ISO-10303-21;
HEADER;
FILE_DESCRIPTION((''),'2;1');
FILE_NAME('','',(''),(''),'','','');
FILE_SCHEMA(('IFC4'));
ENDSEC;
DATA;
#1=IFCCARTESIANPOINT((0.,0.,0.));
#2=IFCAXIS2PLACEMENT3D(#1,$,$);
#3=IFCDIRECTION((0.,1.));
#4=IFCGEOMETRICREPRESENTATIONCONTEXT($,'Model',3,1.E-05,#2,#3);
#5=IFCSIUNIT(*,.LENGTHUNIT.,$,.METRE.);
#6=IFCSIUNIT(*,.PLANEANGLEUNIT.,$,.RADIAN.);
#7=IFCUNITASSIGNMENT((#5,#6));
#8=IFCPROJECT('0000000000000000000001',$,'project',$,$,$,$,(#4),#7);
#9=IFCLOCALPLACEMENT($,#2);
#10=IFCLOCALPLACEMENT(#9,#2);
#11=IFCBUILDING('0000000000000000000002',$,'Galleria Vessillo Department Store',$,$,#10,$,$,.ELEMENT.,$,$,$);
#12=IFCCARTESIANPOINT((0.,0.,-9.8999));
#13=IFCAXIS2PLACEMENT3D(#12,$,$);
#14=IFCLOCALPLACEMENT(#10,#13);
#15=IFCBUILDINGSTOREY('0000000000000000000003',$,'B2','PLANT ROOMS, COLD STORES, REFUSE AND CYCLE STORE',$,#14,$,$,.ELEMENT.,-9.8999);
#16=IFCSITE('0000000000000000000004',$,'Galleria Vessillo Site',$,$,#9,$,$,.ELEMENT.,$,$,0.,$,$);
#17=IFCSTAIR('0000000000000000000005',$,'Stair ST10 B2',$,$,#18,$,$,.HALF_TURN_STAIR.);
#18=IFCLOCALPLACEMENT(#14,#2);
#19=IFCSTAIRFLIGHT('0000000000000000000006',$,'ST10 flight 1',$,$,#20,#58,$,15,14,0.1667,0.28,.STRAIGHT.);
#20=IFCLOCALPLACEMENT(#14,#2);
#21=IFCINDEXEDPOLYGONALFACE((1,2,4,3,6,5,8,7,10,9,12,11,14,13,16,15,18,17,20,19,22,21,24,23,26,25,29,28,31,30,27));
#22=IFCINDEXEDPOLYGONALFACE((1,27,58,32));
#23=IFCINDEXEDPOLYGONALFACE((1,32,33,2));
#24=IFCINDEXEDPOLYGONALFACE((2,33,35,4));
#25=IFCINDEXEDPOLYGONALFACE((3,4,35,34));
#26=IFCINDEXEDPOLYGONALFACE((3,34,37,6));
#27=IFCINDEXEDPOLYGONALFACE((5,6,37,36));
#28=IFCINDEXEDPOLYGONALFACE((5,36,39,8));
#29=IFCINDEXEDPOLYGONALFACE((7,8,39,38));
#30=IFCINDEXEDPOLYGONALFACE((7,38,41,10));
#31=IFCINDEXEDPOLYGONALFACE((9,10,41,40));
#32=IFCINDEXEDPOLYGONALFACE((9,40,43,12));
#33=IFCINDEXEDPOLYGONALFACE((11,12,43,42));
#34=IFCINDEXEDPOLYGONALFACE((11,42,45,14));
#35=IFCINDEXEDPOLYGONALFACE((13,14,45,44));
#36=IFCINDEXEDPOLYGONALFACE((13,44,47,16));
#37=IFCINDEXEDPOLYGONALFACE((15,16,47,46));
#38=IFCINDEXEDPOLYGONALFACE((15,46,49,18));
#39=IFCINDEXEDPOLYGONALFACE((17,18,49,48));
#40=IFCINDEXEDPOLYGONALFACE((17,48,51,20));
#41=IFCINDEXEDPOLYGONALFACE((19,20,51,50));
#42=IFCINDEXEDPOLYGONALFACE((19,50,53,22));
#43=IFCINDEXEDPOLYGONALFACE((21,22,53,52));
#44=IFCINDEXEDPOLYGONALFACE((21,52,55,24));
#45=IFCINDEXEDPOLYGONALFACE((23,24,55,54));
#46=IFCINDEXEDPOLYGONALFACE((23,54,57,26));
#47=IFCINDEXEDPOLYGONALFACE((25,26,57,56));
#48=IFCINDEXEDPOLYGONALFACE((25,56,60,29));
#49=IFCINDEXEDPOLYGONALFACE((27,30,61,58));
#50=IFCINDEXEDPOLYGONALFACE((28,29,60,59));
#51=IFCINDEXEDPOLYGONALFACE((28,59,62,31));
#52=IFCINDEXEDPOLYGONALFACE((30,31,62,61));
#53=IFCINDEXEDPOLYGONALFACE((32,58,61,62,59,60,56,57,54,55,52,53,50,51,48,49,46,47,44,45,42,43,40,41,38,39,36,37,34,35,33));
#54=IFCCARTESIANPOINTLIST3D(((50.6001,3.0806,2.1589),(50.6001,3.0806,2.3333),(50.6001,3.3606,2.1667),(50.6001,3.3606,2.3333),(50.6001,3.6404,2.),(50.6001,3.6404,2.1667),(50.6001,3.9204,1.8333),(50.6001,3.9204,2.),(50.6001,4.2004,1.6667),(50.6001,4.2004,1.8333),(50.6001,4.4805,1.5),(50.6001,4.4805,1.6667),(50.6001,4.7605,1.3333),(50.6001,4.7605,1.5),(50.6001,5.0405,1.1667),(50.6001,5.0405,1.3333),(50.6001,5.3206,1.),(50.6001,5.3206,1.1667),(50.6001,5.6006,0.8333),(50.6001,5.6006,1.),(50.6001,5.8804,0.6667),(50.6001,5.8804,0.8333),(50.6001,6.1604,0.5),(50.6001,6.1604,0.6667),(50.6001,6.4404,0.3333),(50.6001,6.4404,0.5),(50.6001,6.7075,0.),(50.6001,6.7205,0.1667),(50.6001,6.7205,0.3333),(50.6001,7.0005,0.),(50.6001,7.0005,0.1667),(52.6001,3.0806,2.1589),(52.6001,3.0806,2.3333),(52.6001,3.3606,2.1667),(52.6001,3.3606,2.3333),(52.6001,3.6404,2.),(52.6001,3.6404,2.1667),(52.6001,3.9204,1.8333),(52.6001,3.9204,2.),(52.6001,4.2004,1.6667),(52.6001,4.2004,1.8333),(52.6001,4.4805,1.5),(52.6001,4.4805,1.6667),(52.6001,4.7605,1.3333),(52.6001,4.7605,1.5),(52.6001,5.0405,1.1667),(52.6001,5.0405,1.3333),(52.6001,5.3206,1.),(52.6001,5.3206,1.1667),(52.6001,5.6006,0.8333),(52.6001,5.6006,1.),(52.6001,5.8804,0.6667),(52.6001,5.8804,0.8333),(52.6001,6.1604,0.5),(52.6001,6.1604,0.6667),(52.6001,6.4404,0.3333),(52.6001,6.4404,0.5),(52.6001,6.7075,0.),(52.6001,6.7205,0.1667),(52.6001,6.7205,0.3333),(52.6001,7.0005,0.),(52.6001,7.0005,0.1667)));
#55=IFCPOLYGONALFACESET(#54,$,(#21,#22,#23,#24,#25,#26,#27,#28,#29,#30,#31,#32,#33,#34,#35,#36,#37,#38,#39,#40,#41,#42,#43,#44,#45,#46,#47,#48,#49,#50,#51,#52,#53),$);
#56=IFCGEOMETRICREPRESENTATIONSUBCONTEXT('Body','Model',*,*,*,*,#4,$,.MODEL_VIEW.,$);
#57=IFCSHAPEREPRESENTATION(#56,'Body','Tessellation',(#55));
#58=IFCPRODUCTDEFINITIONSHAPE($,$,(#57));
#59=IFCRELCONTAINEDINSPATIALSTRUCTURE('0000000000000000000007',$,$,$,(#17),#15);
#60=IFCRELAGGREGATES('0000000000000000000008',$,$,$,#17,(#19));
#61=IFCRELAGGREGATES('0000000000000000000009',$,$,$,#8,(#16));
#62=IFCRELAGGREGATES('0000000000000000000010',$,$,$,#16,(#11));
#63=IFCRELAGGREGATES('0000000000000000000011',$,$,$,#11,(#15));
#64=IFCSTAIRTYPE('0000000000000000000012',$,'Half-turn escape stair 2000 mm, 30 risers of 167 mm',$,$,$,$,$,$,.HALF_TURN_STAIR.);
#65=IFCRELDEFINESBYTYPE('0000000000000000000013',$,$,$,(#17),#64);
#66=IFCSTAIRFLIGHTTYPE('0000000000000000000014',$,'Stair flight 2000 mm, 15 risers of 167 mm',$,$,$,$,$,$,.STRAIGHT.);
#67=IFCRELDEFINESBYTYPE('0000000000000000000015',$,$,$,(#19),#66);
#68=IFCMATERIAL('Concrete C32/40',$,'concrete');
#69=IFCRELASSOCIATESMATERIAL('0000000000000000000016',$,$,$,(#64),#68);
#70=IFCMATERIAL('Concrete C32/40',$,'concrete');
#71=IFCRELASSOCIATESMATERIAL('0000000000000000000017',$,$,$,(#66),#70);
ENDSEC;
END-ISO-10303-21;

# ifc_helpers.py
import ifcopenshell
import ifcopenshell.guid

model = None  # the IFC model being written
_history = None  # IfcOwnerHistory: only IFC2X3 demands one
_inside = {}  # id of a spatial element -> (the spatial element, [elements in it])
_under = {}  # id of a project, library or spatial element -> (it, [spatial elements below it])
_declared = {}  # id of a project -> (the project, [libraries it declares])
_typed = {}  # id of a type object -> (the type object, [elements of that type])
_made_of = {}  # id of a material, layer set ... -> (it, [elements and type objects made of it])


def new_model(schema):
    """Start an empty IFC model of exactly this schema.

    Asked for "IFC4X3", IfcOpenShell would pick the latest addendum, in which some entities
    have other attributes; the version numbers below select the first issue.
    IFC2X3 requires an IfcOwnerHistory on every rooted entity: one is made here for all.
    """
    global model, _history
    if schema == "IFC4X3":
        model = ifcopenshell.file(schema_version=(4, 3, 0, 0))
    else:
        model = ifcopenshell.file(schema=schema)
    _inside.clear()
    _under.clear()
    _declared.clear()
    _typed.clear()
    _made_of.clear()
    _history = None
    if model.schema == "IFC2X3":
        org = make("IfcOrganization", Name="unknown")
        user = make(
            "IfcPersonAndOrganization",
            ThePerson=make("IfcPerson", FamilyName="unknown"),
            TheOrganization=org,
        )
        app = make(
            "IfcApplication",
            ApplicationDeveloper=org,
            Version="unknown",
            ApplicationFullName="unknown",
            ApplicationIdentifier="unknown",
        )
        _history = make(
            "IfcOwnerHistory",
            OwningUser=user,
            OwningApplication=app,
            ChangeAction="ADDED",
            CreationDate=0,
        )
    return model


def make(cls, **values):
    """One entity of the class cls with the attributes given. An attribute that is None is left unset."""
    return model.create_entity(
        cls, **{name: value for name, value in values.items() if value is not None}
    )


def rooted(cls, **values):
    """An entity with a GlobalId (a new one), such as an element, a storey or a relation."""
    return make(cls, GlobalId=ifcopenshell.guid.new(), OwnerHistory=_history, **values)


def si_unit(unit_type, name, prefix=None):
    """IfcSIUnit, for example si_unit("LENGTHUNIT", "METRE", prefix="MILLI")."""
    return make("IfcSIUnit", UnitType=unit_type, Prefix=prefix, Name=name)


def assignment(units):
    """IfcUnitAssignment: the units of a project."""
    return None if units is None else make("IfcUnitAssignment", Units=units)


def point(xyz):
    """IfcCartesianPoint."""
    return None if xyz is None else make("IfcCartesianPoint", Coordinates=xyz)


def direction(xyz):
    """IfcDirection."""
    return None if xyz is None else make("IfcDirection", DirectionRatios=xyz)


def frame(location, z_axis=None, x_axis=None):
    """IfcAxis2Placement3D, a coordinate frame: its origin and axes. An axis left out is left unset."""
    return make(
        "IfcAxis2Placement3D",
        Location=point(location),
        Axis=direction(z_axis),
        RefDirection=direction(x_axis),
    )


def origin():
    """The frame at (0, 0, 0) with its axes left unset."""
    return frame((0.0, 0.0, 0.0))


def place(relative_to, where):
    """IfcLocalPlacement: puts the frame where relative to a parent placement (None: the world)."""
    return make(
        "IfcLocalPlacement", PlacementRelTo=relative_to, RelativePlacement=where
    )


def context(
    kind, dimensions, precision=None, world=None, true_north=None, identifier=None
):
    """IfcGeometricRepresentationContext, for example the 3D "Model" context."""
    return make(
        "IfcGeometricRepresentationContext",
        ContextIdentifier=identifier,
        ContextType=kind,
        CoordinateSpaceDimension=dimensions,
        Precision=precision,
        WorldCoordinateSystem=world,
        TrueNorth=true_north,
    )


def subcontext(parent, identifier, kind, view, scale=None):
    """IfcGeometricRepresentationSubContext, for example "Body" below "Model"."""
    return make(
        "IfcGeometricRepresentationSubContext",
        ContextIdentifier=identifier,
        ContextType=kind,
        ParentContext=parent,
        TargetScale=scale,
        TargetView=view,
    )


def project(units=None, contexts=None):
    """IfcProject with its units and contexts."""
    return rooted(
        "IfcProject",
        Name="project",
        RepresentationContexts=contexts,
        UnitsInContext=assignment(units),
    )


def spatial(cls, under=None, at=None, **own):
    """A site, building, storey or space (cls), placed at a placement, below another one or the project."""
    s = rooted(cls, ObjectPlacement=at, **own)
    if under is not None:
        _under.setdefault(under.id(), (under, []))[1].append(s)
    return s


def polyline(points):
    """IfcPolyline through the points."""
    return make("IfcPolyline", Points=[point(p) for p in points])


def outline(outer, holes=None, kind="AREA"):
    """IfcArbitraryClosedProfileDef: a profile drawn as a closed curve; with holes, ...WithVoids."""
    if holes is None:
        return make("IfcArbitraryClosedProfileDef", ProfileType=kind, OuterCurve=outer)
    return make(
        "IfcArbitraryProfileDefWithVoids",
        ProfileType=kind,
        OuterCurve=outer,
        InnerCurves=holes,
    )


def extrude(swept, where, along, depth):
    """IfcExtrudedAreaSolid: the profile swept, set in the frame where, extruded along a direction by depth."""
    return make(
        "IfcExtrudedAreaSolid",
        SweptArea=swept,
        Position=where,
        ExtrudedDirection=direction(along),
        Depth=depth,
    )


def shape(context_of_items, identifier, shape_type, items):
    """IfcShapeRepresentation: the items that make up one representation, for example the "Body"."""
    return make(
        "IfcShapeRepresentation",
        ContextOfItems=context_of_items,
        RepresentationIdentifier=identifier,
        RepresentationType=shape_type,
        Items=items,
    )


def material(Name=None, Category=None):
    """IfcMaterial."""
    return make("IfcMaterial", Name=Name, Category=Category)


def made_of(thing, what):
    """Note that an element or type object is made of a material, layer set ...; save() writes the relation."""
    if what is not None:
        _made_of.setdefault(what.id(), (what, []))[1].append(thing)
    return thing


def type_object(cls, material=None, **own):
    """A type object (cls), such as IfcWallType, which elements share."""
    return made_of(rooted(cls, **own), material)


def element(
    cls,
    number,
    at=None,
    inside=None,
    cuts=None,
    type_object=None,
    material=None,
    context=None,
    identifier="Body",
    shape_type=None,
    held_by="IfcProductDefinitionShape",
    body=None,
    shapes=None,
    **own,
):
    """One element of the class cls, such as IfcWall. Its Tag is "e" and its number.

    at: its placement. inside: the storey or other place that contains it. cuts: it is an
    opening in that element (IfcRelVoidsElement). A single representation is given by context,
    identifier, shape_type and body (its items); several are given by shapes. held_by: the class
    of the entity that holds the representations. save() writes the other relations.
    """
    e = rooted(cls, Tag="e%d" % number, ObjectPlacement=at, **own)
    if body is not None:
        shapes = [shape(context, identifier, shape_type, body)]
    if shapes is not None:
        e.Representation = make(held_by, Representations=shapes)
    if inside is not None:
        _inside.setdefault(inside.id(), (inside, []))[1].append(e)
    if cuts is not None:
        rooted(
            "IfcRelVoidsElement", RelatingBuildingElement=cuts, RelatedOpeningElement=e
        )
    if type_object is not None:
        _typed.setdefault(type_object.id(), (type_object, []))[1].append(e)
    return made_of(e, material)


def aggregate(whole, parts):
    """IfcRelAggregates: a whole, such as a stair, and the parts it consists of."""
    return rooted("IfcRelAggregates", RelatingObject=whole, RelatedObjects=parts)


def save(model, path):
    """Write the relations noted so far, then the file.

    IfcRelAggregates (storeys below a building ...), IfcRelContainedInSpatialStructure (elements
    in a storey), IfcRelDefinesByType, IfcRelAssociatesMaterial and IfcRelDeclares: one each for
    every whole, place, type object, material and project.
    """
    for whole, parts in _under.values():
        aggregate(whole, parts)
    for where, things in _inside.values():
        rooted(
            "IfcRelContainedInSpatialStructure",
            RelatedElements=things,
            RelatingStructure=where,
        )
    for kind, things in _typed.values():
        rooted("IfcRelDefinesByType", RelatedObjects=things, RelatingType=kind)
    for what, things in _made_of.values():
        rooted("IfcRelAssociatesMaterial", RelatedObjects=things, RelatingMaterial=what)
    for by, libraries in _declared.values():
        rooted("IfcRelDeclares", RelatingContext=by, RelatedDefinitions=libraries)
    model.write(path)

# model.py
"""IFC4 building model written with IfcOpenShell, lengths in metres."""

from ifc_helpers import new_model, si_unit, direction, frame, origin, place, context, subcontext, project, spatial, polyline, outline, extrude, material, type_object, element, aggregate, save


model = new_model("IFC4")

# Units and contexts
model_context = context("Model", 3, precision=1e-05, world=origin(), true_north=direction((0.0, 1.0)))
body_context = subcontext(model_context, "Body", "Model", "MODEL_VIEW")
ifc_project = project(units=[si_unit("LENGTHUNIT", "METRE"), si_unit("PLANEANGLEUNIT", "RADIAN")], contexts=[model_context])

# Site, building, storey
site_placement = place(None, origin())
site = spatial("IfcSite", under=ifc_project, at=site_placement, Name="Galleria Vessillo Site", CompositionType="ELEMENT", RefElevation=0.0)
building_placement = place(site_placement, origin())
building = spatial("IfcBuilding", under=site, at=building_placement, Name="Galleria Vessillo Department Store", CompositionType="ELEMENT")
storey_placement = place(building_placement, frame((0.0, 0.0, -9.8999)))
storey = spatial("IfcBuildingStorey", under=building, at=storey_placement, Name="B2", Description="PLANT ROOMS, COLD STORES, REFUSE AND CYCLE STORE", CompositionType="ELEMENT", Elevation=-9.8999)

# Stair, stair flight
ifc_material_1 = material(Name="Concrete C32/40", Category="concrete")
stair_type = type_object("IfcStairType", Name="Half-turn escape stair 2000 mm, 30 risers of 167 mm", PredefinedType="HALF_TURN_STAIR", material=ifc_material_1)
stair_placement = place(storey_placement, origin())
stair = element("IfcStair", 1, at=stair_placement, inside=storey, type_object=stair_type, Name="Stair ST10 B2", PredefinedType="HALF_TURN_STAIR")
ifc_material_2 = material(Name="Concrete C32/40", Category="concrete")
stair_flight_type = type_object("IfcStairFlightType", Name="Stair flight 2000 mm, 15 risers of 167 mm", PredefinedType="STRAIGHT", material=ifc_material_2)
stair_flight_placement = place(storey_placement, frame((51.6001, 7.0005, 0.0), z_axis=(0.0, 0.0, 1.0), x_axis=(0.0, -1.0, 0.0)))
stair_flight = element("IfcStairFlight", 2, at=stair_flight_placement, type_object=stair_flight_type, Name="ST10 flight 1", NumberOfRisers=15, NumberOfTreads=14, PredefinedType="STRAIGHT", RiserHeight=0.1667, TreadLength=0.28, context=body_context, shape_type="SweptSolid", body=[
    extrude(outline(polyline([(0.0, 0.0), (0.0, 0.1667), (0.28, 0.1667), (0.28, 0.3333), (0.5601, 0.3333), (0.5601, 0.5), (0.8401, 0.5), (0.8401, 0.6667), (1.1201, 0.6667), (1.1201, 0.8333), (1.3999, 0.8333), (1.3999, 1.0), (1.6799, 1.0), (1.6799, 1.1667), (1.96, 1.1667), (1.96, 1.3333), (2.24, 1.3333), (2.24, 1.5), (2.52, 1.5), (2.52, 1.6667), (2.8, 1.6667), (2.8, 1.8333), (3.0801, 1.8333), (3.0801, 2.0), (3.3601, 2.0), (3.3601, 2.1667), (3.6399, 2.1667), (3.6399, 2.3333), (3.9199, 2.3333), (3.9199, 2.5), (3.9199, 2.1589), (0.293, 0.0), (0.0, 0.0)])), frame((0.0, 1.0, 0.0), z_axis=(0.0, -1.0, 0.0), x_axis=(1.0, 0.0, 0.0)), (0.0, 0.0, 1.0), 2.0),
])
aggregate(stair, [stair_flight])

save(model, "model.ifc")
